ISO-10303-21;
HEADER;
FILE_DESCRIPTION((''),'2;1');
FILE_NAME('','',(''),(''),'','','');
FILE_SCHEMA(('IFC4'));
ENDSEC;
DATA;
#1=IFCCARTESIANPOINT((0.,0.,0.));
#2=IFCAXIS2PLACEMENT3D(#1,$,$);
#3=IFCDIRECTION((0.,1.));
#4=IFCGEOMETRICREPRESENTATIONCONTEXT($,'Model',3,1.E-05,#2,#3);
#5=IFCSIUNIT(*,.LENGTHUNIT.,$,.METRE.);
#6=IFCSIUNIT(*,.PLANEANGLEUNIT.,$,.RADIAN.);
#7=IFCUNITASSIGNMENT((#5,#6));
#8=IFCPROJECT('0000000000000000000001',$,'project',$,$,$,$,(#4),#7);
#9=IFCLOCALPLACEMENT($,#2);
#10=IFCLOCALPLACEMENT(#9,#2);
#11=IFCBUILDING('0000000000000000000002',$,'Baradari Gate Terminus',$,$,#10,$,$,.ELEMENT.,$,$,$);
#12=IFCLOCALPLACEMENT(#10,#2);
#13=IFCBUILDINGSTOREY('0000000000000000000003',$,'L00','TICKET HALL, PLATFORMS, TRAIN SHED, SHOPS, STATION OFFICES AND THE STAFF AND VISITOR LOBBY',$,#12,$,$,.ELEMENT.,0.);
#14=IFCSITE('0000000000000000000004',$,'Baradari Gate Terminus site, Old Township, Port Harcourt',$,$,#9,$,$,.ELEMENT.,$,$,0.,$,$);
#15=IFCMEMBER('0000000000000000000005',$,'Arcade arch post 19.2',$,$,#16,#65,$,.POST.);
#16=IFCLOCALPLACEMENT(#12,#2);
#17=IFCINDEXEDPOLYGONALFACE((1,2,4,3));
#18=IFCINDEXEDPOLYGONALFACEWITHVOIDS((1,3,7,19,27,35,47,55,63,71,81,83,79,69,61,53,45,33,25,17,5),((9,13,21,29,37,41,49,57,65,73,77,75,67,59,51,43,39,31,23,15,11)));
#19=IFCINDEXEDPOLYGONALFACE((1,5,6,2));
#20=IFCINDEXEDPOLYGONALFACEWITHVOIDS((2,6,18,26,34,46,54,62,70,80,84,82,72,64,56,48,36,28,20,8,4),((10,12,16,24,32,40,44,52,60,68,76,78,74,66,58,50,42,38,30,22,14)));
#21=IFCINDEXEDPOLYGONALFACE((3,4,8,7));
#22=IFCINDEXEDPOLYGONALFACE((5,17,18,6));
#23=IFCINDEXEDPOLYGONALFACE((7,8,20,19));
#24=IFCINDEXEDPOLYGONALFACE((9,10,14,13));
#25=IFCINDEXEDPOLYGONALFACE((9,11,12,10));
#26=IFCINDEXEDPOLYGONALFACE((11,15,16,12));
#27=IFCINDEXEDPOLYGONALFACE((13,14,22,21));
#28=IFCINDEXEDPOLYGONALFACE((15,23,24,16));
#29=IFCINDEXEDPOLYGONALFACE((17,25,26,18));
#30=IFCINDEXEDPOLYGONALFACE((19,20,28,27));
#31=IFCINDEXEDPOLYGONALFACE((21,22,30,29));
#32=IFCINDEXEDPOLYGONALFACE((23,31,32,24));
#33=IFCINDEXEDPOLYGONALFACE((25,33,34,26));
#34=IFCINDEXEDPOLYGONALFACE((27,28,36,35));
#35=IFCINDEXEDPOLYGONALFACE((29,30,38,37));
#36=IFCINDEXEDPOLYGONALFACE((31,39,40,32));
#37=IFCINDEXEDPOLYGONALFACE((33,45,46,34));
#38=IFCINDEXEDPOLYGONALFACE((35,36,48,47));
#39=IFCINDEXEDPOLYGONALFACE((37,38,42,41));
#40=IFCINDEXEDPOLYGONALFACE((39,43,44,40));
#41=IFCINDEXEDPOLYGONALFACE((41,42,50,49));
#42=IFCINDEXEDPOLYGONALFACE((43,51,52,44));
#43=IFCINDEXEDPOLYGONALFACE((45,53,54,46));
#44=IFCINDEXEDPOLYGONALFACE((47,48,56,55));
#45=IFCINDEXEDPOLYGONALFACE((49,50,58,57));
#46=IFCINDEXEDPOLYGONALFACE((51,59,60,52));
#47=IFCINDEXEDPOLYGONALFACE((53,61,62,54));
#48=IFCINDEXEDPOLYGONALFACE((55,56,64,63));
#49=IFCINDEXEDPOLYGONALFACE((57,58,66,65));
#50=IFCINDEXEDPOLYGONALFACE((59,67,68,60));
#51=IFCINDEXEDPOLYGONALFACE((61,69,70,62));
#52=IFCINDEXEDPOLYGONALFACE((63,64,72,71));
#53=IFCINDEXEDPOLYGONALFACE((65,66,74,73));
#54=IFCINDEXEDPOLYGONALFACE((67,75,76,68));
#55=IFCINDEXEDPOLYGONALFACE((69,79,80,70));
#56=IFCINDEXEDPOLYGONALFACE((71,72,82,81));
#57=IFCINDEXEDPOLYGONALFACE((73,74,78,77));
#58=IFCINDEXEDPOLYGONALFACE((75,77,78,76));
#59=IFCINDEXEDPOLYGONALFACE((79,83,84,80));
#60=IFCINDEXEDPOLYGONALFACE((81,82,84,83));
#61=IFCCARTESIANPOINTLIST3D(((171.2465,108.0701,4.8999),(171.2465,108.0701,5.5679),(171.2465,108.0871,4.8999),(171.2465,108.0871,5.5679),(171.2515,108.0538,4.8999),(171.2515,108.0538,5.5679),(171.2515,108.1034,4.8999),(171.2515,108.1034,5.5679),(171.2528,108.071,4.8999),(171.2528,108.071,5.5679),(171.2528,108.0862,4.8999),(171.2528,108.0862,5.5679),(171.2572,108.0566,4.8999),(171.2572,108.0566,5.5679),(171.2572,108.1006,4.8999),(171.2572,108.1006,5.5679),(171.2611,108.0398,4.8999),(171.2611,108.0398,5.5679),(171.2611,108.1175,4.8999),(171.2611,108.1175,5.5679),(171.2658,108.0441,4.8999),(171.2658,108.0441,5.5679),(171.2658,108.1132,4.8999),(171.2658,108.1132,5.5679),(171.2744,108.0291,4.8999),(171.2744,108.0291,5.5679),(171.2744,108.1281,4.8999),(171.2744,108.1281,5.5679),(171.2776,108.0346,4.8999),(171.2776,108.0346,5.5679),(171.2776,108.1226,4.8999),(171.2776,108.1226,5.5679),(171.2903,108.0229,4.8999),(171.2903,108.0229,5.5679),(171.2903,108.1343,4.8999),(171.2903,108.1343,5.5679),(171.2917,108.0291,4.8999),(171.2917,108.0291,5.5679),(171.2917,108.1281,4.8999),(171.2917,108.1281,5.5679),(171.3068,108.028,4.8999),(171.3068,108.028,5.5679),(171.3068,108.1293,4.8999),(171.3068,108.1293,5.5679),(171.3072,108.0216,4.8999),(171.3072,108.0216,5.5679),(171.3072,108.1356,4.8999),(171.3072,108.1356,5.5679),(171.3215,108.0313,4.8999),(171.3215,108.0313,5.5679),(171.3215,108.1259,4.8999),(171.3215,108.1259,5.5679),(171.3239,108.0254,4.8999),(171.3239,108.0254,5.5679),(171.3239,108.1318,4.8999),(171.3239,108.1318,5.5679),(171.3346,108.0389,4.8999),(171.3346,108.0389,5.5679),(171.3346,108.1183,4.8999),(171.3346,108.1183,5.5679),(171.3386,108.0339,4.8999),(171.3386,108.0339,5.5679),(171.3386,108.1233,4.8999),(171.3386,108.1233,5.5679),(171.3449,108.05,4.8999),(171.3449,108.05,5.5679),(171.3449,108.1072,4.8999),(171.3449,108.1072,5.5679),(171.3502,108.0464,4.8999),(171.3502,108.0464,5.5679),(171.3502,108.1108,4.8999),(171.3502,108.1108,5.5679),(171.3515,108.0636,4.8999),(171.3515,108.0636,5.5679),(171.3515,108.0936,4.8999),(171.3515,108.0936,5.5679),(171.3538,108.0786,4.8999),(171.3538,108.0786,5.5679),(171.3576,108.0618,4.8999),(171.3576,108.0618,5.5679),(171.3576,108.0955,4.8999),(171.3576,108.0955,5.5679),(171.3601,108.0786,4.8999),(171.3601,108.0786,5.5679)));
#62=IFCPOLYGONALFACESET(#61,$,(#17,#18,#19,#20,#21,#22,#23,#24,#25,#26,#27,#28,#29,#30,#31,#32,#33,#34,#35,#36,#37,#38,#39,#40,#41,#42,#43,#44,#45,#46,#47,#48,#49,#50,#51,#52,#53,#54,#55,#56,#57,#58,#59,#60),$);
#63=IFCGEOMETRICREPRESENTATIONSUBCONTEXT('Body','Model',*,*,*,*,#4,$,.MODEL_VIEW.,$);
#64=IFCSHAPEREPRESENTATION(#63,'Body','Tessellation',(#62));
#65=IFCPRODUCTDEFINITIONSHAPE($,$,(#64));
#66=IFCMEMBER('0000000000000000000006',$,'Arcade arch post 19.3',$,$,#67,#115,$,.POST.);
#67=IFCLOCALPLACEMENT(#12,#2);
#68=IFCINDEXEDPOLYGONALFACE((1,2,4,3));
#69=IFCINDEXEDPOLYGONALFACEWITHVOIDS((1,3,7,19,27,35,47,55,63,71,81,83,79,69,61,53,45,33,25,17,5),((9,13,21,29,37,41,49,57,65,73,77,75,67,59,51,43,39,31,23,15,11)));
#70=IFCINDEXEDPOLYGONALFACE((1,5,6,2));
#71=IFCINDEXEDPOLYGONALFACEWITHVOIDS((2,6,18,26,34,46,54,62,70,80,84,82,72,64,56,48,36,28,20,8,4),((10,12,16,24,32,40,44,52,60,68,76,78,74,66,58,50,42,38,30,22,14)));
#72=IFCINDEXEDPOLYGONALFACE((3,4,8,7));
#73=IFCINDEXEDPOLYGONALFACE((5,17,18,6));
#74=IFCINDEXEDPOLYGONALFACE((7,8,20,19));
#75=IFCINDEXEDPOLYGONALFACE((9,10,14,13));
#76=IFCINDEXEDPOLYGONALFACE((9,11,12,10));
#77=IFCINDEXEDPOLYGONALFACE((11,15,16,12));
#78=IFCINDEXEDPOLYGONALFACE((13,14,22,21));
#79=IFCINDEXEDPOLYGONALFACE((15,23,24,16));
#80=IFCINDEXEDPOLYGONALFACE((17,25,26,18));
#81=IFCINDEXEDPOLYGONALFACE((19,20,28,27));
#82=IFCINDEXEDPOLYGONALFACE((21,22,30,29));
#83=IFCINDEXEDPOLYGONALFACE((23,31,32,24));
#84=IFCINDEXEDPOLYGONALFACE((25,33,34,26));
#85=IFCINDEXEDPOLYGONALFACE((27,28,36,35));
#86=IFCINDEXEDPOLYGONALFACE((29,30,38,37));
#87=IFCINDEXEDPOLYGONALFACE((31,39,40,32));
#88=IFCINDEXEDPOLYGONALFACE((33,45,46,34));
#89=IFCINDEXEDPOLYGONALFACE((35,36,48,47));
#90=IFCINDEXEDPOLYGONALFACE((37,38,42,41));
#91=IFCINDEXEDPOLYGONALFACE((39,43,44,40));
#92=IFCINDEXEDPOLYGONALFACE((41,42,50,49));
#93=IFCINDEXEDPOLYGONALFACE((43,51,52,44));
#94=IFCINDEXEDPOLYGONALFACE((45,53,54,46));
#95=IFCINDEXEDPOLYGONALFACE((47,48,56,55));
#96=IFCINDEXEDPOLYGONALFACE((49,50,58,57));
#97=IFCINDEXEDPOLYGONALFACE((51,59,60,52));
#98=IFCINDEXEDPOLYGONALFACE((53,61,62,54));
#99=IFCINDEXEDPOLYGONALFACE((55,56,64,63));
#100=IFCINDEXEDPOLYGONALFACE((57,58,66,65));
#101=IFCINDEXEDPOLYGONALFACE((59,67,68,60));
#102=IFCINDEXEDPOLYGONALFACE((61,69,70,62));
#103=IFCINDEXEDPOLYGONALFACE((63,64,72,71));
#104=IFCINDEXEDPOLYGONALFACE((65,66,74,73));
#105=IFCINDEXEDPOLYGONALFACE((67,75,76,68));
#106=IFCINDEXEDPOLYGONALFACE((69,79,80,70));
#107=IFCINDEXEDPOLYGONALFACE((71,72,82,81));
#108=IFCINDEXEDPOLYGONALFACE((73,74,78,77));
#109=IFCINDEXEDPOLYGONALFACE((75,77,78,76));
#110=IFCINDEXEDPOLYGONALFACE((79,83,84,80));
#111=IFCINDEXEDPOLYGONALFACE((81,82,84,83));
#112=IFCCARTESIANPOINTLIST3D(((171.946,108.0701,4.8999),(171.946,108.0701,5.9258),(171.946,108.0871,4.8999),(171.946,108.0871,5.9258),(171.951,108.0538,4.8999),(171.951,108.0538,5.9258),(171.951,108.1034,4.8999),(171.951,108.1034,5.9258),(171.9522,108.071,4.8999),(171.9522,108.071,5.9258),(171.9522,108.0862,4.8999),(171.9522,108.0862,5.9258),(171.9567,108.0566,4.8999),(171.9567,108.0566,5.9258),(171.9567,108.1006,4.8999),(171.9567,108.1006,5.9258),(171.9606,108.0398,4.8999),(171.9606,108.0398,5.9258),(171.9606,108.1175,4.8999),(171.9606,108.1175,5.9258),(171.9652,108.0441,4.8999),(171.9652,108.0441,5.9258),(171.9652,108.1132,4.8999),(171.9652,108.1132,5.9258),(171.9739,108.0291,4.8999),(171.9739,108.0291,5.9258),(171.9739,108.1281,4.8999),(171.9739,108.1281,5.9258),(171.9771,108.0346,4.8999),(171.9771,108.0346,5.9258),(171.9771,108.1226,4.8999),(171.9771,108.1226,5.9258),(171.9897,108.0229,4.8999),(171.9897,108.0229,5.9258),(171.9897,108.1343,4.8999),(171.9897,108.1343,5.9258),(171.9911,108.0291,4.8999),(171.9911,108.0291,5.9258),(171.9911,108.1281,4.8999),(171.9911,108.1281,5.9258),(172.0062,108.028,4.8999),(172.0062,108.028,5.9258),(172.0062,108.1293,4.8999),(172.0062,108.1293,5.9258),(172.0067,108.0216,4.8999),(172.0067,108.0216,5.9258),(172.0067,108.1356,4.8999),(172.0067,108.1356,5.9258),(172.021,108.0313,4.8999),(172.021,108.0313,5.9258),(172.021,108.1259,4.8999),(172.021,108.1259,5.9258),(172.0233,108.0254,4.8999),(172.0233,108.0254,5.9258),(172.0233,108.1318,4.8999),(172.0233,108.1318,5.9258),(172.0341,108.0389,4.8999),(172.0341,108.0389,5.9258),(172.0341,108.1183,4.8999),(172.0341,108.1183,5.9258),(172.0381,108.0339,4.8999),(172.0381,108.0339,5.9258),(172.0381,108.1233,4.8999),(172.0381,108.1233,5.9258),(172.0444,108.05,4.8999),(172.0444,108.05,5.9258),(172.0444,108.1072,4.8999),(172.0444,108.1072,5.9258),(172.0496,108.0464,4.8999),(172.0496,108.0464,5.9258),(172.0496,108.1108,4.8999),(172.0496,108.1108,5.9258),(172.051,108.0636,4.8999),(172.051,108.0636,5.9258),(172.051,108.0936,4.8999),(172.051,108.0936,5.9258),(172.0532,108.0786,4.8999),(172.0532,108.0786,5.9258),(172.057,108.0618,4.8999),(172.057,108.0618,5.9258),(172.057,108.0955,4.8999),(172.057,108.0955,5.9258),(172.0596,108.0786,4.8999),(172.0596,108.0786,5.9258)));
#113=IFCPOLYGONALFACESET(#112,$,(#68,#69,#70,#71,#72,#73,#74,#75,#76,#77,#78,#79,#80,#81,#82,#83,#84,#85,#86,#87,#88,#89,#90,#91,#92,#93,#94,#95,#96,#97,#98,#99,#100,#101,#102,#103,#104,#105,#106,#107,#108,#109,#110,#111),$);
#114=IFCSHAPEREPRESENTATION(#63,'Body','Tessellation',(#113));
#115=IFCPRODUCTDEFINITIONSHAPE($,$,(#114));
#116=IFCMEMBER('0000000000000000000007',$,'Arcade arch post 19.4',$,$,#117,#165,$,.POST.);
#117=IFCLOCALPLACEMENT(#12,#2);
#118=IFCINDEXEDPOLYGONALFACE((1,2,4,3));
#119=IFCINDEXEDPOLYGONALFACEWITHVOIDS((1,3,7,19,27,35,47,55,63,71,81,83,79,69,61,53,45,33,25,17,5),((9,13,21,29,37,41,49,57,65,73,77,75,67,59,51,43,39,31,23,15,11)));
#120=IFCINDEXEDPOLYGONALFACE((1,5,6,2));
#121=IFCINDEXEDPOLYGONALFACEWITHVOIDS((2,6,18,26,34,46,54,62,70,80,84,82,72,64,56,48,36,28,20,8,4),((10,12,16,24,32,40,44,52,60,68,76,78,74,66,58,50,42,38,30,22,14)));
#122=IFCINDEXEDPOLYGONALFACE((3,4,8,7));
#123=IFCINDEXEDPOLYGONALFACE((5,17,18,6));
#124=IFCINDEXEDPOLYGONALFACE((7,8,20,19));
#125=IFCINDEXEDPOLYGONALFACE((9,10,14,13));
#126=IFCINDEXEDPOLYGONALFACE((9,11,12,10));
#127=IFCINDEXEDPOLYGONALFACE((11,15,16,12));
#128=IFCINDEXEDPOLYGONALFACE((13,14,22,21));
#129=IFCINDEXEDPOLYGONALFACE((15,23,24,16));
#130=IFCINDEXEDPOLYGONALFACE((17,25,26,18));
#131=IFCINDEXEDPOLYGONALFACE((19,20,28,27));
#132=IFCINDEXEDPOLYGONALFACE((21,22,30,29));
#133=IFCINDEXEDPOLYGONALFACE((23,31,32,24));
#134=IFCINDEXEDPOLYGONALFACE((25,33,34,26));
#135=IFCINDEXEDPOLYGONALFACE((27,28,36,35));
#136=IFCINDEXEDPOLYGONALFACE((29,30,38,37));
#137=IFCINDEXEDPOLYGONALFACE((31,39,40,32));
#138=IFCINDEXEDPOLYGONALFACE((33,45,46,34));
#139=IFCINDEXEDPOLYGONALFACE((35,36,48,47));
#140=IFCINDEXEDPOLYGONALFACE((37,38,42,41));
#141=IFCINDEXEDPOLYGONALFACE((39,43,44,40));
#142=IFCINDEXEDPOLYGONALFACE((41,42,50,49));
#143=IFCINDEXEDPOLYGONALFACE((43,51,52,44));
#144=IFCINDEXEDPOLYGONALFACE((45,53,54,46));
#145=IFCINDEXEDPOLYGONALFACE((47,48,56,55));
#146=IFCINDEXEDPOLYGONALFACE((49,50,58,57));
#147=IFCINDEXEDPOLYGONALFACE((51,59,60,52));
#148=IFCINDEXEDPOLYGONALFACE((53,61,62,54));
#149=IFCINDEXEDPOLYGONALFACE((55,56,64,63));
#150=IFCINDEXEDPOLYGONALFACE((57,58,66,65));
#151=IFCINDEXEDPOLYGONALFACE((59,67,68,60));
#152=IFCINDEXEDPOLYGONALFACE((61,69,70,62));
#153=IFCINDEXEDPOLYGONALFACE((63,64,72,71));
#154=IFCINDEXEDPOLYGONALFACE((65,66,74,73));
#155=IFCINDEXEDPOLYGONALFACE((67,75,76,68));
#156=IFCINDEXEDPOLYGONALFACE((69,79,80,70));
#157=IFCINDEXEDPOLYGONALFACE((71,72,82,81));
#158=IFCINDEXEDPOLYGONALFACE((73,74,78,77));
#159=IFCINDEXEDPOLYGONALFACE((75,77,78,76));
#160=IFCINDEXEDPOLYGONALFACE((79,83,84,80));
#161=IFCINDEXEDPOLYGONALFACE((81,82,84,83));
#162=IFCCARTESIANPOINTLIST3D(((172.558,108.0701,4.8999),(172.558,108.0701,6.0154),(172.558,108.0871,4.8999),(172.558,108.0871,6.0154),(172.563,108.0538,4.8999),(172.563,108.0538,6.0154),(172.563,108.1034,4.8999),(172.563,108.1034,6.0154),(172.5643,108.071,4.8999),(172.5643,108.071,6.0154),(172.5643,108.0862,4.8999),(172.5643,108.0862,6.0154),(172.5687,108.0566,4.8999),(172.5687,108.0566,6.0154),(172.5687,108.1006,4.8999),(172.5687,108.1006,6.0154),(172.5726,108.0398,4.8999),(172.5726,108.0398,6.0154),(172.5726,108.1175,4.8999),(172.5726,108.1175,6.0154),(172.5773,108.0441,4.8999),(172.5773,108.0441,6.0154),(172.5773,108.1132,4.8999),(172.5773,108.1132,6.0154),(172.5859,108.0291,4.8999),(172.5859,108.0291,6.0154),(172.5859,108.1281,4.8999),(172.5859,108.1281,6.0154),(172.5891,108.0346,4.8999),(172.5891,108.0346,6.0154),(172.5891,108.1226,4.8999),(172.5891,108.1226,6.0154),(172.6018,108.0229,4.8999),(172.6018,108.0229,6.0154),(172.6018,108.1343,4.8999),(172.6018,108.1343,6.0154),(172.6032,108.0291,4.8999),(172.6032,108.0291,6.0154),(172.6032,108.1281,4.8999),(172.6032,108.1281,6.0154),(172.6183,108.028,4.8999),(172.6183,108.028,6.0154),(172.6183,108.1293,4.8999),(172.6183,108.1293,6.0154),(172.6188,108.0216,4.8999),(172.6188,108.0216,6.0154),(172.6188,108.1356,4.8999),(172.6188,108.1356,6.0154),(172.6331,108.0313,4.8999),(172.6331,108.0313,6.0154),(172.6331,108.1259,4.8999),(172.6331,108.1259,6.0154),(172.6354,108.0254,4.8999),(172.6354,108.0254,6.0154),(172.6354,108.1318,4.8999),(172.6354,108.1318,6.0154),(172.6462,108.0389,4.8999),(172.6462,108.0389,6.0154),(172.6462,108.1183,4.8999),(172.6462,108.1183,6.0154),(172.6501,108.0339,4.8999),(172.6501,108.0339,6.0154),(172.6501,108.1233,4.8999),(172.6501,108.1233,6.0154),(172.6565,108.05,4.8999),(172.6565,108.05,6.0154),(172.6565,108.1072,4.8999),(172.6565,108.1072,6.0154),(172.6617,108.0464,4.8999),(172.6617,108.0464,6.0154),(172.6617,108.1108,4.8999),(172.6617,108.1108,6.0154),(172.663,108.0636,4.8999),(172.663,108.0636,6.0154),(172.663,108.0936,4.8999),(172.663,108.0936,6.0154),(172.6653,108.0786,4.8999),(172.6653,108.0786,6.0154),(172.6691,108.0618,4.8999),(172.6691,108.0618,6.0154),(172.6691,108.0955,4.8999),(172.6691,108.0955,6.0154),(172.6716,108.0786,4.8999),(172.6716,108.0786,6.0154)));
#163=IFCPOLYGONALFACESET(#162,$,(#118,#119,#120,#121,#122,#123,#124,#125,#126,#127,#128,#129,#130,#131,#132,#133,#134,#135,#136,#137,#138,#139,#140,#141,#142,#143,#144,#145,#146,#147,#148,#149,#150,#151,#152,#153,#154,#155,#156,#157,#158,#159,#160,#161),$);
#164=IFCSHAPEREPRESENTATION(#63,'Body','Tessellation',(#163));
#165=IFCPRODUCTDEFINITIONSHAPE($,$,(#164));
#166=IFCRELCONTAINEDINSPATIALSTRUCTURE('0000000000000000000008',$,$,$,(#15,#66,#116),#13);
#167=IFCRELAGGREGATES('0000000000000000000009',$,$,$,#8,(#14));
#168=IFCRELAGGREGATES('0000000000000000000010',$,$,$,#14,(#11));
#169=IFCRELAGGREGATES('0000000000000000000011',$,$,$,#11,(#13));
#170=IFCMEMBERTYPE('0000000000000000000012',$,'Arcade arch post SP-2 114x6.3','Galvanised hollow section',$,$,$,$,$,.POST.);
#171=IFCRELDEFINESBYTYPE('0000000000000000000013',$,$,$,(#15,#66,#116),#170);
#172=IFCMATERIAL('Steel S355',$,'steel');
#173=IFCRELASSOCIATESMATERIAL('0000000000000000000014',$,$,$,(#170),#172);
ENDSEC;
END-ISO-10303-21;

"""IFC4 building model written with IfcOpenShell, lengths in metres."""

from ifc_helpers import new_model, si_unit, direction, frame, origin, origin_2d, place, context, subcontext, project, spatial, hollow_circle, extrude, material, material_profile, profile_set, type_object, element, save


model = new_model("IFC4")

# Units and contexts
model_context = context("Model", 3, precision=1e-05, world=origin(), true_north=direction((0.0, 1.0)))
body_context = subcontext(model_context, "Body", "Model", "MODEL_VIEW")
ifc_project = project(units=[si_unit("LENGTHUNIT", "METRE"), si_unit("PLANEANGLEUNIT", "RADIAN")], contexts=[model_context])

# Site, building, storey
site_placement = place(None, origin())
site = spatial("IfcSite", under=ifc_project, at=site_placement, Name="Baradari Gate Terminus site, Old Township, Port Harcourt", CompositionType="ELEMENT", RefElevation=0.0)
building_placement = place(site_placement, origin())
building = spatial("IfcBuilding", under=site, at=building_placement, Name="Baradari Gate Terminus", CompositionType="ELEMENT")
storey_placement = place(building_placement, origin())
storey = spatial("IfcBuildingStorey", under=building, at=storey_placement, Name="L00", Description="TICKET HALL, PLATFORMS, TRAIN SHED, SHOPS, STATION OFFICES AND THE STAFF AND VISITOR LOBBY", CompositionType="ELEMENT", Elevation=0.0)

# Members
ifc_material_1 = material(Name="Steel S355", Category="steel")
ifc_material_profile_1 = material_profile(ifc_material_1, hollow_circle(Radius=0.0571, WallThickness=0.0063, at=origin_2d()), Name="CHS 114.3x6.3")
ifc_profile_set_1 = profile_set([ifc_material_profile_1], Name="Steel S355")
member_type_1 = type_object("IfcMemberType", Name="Arcade arch post SP-2 114x6.3", Description="Galvanised hollow section", PredefinedType="POST", material=ifc_profile_set_1)
member_1_placement = place(storey_placement, frame((171.303, 108.0786, 4.8999), z_axis=(0.0, 0.0, 1.0), x_axis=(1.0, 0.0, 0.0)))
element("IfcMember", 1, at=member_1_placement, inside=storey, type_object=member_type_1, Name="Arcade arch post 19.2", PredefinedType="POST", context=body_context, shape_type="SweptSolid", body=[
    extrude(hollow_circle(Radius=0.0571, WallThickness=0.0063, at=origin_2d()), origin(), (0.0, 0.0, 1.0), 0.668),
])
member_2_placement = place(storey_placement, frame((172.0024, 108.0786, 4.8999), z_axis=(0.0, 0.0, 1.0), x_axis=(1.0, 0.0, 0.0)))
element("IfcMember", 2, at=member_2_placement, inside=storey, type_object=member_type_1, Name="Arcade arch post 19.3", PredefinedType="POST", context=body_context, shape_type="SweptSolid", body=[
    extrude(hollow_circle(Radius=0.0571, WallThickness=0.0063, at=origin_2d()), origin(), (0.0, 0.0, 1.0), 1.0259),
])
member_3_placement = place(storey_placement, frame((172.6145, 108.0786, 4.8999), z_axis=(0.0, 0.0, 1.0), x_axis=(1.0, 0.0, 0.0)))
element("IfcMember", 3, at=member_3_placement, inside=storey, type_object=member_type_1, Name="Arcade arch post 19.4", PredefinedType="POST", context=body_context, shape_type="SweptSolid", body=[
    extrude(hollow_circle(Radius=0.0571, WallThickness=0.0063, at=origin_2d()), origin(), (0.0, 0.0, 1.0), 1.1155),
])

save(model, "model.ifc")
